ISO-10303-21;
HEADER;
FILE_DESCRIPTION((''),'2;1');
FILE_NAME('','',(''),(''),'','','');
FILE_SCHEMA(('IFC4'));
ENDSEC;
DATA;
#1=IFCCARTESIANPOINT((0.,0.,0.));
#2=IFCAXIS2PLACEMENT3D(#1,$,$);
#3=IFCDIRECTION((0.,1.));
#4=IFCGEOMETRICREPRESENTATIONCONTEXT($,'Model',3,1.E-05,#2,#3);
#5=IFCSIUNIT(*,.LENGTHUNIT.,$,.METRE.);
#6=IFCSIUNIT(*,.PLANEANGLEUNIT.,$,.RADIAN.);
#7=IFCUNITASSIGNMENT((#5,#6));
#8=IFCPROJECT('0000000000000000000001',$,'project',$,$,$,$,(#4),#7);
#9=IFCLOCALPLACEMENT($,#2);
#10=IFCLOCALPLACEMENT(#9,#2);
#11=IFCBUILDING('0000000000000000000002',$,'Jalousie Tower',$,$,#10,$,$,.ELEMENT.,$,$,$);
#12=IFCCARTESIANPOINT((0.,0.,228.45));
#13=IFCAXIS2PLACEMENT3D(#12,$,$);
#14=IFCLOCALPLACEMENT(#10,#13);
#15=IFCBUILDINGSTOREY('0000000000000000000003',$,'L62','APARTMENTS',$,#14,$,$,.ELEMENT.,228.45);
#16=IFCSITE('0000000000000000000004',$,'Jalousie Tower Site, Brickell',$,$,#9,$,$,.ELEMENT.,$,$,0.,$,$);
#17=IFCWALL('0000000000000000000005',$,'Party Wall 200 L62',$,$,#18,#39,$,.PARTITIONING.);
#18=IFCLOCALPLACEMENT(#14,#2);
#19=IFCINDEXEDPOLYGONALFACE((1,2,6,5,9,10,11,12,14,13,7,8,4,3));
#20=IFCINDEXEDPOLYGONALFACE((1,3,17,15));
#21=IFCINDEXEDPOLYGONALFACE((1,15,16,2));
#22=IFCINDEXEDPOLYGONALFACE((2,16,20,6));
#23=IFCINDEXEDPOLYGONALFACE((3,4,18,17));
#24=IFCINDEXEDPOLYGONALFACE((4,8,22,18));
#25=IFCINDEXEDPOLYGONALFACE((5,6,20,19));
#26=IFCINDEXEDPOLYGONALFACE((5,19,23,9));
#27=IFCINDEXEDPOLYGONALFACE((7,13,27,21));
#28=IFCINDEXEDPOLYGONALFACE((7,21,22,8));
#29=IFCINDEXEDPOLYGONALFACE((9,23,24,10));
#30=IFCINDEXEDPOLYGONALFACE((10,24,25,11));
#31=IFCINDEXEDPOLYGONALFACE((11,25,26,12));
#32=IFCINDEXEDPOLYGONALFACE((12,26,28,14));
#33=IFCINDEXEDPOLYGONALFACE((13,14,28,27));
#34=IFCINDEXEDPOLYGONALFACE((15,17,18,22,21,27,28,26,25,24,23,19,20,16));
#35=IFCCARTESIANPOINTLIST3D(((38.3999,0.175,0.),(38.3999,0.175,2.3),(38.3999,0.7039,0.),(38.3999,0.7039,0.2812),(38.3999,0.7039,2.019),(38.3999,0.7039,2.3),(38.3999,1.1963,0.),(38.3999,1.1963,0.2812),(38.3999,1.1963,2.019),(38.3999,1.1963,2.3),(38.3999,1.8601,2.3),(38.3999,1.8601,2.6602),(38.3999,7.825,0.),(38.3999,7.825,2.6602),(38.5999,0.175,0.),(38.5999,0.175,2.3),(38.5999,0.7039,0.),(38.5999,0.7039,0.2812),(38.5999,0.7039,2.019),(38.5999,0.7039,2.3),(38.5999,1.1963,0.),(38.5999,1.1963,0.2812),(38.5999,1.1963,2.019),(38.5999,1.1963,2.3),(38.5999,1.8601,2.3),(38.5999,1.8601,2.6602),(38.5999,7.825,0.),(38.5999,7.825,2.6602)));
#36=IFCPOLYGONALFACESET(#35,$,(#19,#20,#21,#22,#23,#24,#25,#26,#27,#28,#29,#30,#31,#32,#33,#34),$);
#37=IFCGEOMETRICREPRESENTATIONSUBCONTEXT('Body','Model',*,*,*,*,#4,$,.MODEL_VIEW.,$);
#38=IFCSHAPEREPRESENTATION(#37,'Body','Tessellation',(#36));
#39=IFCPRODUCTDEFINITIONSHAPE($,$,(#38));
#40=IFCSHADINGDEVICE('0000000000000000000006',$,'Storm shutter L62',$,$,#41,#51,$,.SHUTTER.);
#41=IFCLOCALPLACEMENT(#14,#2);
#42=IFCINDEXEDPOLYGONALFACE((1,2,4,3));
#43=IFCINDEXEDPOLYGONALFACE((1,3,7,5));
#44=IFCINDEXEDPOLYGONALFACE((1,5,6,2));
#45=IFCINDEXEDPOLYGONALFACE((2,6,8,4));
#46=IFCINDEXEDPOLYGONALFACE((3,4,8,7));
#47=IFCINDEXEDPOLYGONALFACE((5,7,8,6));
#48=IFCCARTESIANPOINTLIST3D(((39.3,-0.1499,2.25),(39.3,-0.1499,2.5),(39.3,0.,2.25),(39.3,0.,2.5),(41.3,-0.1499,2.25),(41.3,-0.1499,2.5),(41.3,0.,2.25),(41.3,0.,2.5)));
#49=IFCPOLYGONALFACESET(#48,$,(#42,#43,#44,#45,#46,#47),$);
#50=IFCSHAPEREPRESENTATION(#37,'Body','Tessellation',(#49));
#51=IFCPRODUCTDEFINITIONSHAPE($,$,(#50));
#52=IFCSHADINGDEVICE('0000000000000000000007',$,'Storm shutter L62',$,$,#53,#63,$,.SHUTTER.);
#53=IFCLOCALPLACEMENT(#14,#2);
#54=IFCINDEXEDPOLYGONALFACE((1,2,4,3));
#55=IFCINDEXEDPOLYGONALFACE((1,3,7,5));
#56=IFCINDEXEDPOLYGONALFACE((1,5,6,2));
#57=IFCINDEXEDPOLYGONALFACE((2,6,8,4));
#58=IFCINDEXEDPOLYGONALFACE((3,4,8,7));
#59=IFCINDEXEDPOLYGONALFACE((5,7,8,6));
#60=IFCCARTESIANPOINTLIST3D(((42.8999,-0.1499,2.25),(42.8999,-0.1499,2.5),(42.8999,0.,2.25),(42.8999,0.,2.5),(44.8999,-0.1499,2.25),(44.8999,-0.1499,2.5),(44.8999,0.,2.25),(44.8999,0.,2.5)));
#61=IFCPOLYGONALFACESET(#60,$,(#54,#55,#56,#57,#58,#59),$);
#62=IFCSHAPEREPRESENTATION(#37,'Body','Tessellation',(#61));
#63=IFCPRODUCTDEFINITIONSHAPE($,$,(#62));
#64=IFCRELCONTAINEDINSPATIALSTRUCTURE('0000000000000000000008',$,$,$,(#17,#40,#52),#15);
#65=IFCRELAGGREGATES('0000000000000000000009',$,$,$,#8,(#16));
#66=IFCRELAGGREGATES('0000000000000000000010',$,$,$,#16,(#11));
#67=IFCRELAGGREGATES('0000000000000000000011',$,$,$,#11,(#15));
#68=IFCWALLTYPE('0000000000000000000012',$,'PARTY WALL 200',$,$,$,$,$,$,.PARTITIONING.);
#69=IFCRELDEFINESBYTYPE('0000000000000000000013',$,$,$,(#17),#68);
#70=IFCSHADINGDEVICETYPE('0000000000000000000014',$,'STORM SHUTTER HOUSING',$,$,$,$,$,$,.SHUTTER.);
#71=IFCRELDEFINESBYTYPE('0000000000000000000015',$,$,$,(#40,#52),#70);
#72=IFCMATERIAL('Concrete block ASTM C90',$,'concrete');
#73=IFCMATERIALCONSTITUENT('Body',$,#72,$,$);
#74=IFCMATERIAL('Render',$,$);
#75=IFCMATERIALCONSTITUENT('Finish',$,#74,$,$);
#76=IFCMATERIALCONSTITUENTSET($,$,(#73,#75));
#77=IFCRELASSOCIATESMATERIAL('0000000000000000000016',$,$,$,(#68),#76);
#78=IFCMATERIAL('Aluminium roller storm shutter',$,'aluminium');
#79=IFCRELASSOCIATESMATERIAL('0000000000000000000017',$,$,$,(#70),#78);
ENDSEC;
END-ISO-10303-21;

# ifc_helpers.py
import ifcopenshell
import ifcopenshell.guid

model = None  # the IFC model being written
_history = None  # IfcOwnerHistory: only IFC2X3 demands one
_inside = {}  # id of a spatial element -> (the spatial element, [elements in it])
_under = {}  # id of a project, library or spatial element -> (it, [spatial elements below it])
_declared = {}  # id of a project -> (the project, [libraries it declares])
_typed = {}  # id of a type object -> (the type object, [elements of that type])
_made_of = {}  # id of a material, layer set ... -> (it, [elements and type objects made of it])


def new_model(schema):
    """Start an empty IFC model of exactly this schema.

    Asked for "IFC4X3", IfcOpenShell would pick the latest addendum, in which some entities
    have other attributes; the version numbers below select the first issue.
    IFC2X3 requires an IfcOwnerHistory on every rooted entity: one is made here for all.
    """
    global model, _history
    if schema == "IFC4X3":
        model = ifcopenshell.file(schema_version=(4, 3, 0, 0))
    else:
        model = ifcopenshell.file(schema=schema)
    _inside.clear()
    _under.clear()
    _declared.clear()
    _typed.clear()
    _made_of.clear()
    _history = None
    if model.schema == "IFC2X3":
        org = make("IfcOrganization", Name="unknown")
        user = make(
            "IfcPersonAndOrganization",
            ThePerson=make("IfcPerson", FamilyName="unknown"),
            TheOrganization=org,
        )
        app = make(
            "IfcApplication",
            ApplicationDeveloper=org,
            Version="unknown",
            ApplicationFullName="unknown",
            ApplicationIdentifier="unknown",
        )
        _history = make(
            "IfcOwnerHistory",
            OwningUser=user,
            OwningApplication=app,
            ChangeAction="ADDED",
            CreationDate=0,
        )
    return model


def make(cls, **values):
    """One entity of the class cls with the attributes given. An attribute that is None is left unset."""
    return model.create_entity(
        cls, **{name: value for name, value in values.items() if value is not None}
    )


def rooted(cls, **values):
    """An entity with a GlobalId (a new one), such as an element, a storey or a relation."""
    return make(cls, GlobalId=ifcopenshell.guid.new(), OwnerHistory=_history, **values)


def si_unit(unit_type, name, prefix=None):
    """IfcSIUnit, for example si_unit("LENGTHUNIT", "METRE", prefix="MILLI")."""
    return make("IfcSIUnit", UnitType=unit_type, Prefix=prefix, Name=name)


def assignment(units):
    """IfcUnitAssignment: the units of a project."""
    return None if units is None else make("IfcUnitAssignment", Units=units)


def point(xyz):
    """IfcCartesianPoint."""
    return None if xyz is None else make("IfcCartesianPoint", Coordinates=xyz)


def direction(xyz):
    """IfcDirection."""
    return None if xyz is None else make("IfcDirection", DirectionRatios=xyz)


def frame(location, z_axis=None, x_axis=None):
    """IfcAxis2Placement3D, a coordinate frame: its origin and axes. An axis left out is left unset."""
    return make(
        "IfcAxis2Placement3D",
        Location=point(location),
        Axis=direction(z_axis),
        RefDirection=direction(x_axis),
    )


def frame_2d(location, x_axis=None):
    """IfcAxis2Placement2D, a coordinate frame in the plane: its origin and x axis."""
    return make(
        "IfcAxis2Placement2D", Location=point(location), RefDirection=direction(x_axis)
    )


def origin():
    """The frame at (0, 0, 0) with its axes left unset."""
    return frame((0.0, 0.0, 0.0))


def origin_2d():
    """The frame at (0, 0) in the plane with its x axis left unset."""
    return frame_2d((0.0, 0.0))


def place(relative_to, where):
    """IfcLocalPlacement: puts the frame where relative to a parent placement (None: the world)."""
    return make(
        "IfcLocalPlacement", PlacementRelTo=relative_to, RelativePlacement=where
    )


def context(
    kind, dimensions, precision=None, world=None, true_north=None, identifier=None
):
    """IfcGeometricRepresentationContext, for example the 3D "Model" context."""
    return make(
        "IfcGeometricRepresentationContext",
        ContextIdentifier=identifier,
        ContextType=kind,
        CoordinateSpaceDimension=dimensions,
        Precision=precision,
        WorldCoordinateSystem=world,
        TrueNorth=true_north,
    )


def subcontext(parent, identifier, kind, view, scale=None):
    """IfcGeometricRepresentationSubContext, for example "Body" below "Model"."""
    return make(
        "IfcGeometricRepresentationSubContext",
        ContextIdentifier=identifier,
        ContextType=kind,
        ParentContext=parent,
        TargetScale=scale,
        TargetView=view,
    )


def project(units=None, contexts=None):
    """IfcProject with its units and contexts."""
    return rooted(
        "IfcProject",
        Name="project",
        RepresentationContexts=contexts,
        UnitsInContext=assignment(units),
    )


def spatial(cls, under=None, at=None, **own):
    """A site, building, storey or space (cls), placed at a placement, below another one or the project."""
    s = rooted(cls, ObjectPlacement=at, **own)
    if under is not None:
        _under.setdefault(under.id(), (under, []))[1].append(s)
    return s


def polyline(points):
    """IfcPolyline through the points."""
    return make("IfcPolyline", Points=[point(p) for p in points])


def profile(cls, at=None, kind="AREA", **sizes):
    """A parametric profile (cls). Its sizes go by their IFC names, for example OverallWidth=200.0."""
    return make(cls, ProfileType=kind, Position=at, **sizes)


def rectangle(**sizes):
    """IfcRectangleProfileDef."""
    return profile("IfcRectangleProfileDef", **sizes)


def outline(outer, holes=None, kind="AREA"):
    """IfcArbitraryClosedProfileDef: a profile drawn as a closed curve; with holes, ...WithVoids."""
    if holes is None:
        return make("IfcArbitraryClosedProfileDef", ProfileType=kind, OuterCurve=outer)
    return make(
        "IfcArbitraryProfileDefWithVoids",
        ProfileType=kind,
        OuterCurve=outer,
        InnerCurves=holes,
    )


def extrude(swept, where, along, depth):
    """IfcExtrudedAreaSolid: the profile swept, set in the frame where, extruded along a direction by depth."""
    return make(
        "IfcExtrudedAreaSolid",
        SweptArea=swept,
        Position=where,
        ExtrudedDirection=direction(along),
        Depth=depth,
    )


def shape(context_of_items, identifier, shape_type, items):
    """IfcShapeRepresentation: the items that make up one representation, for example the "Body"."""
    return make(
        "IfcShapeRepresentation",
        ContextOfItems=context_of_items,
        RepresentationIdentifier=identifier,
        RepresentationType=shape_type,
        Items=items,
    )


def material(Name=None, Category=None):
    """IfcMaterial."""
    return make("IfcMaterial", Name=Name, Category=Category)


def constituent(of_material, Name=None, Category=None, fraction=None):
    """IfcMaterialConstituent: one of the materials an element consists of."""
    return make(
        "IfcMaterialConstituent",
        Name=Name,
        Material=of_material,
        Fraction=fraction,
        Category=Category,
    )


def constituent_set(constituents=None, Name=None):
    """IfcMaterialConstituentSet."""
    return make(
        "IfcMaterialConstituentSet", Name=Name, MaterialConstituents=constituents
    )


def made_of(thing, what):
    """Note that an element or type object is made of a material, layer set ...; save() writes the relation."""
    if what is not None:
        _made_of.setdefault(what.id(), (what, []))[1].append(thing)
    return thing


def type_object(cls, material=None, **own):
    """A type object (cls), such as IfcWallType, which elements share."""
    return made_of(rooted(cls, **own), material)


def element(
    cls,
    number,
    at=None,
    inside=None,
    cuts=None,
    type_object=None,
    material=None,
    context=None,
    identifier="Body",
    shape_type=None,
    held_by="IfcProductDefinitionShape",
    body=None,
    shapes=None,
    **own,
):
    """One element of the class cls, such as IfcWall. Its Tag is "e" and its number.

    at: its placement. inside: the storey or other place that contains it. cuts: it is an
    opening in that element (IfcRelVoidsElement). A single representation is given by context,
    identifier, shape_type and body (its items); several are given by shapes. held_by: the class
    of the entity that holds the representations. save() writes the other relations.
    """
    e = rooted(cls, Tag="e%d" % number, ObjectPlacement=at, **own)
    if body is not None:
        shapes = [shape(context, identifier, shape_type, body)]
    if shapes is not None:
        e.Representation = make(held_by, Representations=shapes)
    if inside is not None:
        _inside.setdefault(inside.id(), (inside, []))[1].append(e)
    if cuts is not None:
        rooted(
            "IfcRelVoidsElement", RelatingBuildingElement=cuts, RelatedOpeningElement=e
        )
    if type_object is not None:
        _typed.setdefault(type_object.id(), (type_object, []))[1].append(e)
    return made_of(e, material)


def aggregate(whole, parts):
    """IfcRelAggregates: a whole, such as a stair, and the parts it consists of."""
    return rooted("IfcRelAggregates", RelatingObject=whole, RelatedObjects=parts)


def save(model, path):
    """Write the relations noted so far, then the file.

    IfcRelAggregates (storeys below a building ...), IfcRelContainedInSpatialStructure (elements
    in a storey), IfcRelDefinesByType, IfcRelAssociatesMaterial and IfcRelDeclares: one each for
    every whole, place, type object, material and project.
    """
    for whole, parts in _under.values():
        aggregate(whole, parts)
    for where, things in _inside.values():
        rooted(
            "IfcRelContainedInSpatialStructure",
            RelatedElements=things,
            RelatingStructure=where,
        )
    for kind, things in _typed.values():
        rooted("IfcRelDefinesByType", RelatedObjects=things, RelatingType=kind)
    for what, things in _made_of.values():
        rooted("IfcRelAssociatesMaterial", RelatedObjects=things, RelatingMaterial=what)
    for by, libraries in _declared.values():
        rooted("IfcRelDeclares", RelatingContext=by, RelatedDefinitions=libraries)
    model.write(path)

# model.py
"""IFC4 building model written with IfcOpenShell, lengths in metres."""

from ifc_helpers import new_model, si_unit, direction, frame, origin, origin_2d, place, context, subcontext, project, spatial, polyline, rectangle, outline, extrude, material, constituent, constituent_set, type_object, element, save


model = new_model("IFC4")

# Units and contexts
model_context = context("Model", 3, precision=1e-05, world=origin(), true_north=direction((0.0, 1.0)))
body_context = subcontext(model_context, "Body", "Model", "MODEL_VIEW")
ifc_project = project(units=[si_unit("LENGTHUNIT", "METRE"), si_unit("PLANEANGLEUNIT", "RADIAN")], contexts=[model_context])

# Site, building, storey
site_placement = place(None, origin())
site = spatial("IfcSite", under=ifc_project, at=site_placement, Name="Jalousie Tower Site, Brickell", CompositionType="ELEMENT", RefElevation=0.0)
building_placement = place(site_placement, origin())
building = spatial("IfcBuilding", under=site, at=building_placement, Name="Jalousie Tower", CompositionType="ELEMENT")
storey_placement = place(building_placement, frame((0.0, 0.0, 228.45)))
storey = spatial("IfcBuildingStorey", under=building, at=storey_placement, Name="L62", Description="APARTMENTS", CompositionType="ELEMENT", Elevation=228.45)

# Wall
ifc_material_1 = material(Name="Concrete block ASTM C90", Category="concrete")
ifc_constituent_1 = constituent(ifc_material_1, Name="Body")
ifc_material_2 = material(Name="Render")
ifc_constituent_2 = constituent(ifc_material_2, Name="Finish")
ifc_constituent_set_1 = constituent_set(constituents=[ifc_constituent_1, ifc_constituent_2])
wall_type_1 = type_object("IfcWallType", Name="PARTY WALL 200", PredefinedType="PARTITIONING", material=ifc_constituent_set_1)
wall_1_placement = place(storey_placement, frame((38.5, 0.175, 0.0), z_axis=(0.0, 0.0, 1.0), x_axis=(0.0, 1.0, 0.0)))
element("IfcWall", 1, at=wall_1_placement, inside=storey, type_object=wall_type_1, Name="Party Wall 200 L62", PredefinedType="PARTITIONING", context=body_context, shape_type="SweptSolid", body=[
    extrude(outline(polyline([(0.5288, 2.3), (0.0, 2.3), (0.0, 0.0), (0.5288, 0.0), (0.5288, 0.2812), (1.0212, 0.2812), (1.0212, 0.0), (7.6499, 0.0), (7.6499, 2.6602), (1.6851, 2.6602), (1.6851, 2.3), (1.0212, 2.3), (1.0212, 2.019), (0.5288, 2.019), (0.5288, 2.3)])), frame((0.0, 0.1001, 0.0), z_axis=(0.0, -1.0, 0.0), x_axis=(1.0, 0.0, 0.0)), (0.0, 0.0, 1.0), 0.2),
])

# Shading devices
ifc_material_3 = material(Name="Aluminium roller storm shutter", Category="aluminium")
shading_device_type = type_object("IfcShadingDeviceType", Name="STORM SHUTTER HOUSING", PredefinedType="SHUTTER", material=ifc_material_3)
for number, where, z_axis, x_axis, name in (
    (2, (40.3, -0.075, 2.25), (0.0, 0.0, 1.0), (1.0, 0.0, 0.0), "Storm shutter L62"),
    (3, (43.8999, -0.075, 2.25), (0.0, 0.0, 1.0), (1.0, 0.0, 0.0), "Storm shutter L62"),
):
    element("IfcShadingDevice", number, at=place(storey_placement, frame(where, z_axis=z_axis, x_axis=x_axis)), inside=storey, type_object=shading_device_type, Name=name, PredefinedType="SHUTTER", context=body_context, shape_type="SweptSolid", body=[
        extrude(rectangle(XDim=2.0, YDim=0.1499, at=origin_2d()), origin(), (0.0, 0.0, 1.0), 0.25),
    ])

save(model, "model.ifc")
